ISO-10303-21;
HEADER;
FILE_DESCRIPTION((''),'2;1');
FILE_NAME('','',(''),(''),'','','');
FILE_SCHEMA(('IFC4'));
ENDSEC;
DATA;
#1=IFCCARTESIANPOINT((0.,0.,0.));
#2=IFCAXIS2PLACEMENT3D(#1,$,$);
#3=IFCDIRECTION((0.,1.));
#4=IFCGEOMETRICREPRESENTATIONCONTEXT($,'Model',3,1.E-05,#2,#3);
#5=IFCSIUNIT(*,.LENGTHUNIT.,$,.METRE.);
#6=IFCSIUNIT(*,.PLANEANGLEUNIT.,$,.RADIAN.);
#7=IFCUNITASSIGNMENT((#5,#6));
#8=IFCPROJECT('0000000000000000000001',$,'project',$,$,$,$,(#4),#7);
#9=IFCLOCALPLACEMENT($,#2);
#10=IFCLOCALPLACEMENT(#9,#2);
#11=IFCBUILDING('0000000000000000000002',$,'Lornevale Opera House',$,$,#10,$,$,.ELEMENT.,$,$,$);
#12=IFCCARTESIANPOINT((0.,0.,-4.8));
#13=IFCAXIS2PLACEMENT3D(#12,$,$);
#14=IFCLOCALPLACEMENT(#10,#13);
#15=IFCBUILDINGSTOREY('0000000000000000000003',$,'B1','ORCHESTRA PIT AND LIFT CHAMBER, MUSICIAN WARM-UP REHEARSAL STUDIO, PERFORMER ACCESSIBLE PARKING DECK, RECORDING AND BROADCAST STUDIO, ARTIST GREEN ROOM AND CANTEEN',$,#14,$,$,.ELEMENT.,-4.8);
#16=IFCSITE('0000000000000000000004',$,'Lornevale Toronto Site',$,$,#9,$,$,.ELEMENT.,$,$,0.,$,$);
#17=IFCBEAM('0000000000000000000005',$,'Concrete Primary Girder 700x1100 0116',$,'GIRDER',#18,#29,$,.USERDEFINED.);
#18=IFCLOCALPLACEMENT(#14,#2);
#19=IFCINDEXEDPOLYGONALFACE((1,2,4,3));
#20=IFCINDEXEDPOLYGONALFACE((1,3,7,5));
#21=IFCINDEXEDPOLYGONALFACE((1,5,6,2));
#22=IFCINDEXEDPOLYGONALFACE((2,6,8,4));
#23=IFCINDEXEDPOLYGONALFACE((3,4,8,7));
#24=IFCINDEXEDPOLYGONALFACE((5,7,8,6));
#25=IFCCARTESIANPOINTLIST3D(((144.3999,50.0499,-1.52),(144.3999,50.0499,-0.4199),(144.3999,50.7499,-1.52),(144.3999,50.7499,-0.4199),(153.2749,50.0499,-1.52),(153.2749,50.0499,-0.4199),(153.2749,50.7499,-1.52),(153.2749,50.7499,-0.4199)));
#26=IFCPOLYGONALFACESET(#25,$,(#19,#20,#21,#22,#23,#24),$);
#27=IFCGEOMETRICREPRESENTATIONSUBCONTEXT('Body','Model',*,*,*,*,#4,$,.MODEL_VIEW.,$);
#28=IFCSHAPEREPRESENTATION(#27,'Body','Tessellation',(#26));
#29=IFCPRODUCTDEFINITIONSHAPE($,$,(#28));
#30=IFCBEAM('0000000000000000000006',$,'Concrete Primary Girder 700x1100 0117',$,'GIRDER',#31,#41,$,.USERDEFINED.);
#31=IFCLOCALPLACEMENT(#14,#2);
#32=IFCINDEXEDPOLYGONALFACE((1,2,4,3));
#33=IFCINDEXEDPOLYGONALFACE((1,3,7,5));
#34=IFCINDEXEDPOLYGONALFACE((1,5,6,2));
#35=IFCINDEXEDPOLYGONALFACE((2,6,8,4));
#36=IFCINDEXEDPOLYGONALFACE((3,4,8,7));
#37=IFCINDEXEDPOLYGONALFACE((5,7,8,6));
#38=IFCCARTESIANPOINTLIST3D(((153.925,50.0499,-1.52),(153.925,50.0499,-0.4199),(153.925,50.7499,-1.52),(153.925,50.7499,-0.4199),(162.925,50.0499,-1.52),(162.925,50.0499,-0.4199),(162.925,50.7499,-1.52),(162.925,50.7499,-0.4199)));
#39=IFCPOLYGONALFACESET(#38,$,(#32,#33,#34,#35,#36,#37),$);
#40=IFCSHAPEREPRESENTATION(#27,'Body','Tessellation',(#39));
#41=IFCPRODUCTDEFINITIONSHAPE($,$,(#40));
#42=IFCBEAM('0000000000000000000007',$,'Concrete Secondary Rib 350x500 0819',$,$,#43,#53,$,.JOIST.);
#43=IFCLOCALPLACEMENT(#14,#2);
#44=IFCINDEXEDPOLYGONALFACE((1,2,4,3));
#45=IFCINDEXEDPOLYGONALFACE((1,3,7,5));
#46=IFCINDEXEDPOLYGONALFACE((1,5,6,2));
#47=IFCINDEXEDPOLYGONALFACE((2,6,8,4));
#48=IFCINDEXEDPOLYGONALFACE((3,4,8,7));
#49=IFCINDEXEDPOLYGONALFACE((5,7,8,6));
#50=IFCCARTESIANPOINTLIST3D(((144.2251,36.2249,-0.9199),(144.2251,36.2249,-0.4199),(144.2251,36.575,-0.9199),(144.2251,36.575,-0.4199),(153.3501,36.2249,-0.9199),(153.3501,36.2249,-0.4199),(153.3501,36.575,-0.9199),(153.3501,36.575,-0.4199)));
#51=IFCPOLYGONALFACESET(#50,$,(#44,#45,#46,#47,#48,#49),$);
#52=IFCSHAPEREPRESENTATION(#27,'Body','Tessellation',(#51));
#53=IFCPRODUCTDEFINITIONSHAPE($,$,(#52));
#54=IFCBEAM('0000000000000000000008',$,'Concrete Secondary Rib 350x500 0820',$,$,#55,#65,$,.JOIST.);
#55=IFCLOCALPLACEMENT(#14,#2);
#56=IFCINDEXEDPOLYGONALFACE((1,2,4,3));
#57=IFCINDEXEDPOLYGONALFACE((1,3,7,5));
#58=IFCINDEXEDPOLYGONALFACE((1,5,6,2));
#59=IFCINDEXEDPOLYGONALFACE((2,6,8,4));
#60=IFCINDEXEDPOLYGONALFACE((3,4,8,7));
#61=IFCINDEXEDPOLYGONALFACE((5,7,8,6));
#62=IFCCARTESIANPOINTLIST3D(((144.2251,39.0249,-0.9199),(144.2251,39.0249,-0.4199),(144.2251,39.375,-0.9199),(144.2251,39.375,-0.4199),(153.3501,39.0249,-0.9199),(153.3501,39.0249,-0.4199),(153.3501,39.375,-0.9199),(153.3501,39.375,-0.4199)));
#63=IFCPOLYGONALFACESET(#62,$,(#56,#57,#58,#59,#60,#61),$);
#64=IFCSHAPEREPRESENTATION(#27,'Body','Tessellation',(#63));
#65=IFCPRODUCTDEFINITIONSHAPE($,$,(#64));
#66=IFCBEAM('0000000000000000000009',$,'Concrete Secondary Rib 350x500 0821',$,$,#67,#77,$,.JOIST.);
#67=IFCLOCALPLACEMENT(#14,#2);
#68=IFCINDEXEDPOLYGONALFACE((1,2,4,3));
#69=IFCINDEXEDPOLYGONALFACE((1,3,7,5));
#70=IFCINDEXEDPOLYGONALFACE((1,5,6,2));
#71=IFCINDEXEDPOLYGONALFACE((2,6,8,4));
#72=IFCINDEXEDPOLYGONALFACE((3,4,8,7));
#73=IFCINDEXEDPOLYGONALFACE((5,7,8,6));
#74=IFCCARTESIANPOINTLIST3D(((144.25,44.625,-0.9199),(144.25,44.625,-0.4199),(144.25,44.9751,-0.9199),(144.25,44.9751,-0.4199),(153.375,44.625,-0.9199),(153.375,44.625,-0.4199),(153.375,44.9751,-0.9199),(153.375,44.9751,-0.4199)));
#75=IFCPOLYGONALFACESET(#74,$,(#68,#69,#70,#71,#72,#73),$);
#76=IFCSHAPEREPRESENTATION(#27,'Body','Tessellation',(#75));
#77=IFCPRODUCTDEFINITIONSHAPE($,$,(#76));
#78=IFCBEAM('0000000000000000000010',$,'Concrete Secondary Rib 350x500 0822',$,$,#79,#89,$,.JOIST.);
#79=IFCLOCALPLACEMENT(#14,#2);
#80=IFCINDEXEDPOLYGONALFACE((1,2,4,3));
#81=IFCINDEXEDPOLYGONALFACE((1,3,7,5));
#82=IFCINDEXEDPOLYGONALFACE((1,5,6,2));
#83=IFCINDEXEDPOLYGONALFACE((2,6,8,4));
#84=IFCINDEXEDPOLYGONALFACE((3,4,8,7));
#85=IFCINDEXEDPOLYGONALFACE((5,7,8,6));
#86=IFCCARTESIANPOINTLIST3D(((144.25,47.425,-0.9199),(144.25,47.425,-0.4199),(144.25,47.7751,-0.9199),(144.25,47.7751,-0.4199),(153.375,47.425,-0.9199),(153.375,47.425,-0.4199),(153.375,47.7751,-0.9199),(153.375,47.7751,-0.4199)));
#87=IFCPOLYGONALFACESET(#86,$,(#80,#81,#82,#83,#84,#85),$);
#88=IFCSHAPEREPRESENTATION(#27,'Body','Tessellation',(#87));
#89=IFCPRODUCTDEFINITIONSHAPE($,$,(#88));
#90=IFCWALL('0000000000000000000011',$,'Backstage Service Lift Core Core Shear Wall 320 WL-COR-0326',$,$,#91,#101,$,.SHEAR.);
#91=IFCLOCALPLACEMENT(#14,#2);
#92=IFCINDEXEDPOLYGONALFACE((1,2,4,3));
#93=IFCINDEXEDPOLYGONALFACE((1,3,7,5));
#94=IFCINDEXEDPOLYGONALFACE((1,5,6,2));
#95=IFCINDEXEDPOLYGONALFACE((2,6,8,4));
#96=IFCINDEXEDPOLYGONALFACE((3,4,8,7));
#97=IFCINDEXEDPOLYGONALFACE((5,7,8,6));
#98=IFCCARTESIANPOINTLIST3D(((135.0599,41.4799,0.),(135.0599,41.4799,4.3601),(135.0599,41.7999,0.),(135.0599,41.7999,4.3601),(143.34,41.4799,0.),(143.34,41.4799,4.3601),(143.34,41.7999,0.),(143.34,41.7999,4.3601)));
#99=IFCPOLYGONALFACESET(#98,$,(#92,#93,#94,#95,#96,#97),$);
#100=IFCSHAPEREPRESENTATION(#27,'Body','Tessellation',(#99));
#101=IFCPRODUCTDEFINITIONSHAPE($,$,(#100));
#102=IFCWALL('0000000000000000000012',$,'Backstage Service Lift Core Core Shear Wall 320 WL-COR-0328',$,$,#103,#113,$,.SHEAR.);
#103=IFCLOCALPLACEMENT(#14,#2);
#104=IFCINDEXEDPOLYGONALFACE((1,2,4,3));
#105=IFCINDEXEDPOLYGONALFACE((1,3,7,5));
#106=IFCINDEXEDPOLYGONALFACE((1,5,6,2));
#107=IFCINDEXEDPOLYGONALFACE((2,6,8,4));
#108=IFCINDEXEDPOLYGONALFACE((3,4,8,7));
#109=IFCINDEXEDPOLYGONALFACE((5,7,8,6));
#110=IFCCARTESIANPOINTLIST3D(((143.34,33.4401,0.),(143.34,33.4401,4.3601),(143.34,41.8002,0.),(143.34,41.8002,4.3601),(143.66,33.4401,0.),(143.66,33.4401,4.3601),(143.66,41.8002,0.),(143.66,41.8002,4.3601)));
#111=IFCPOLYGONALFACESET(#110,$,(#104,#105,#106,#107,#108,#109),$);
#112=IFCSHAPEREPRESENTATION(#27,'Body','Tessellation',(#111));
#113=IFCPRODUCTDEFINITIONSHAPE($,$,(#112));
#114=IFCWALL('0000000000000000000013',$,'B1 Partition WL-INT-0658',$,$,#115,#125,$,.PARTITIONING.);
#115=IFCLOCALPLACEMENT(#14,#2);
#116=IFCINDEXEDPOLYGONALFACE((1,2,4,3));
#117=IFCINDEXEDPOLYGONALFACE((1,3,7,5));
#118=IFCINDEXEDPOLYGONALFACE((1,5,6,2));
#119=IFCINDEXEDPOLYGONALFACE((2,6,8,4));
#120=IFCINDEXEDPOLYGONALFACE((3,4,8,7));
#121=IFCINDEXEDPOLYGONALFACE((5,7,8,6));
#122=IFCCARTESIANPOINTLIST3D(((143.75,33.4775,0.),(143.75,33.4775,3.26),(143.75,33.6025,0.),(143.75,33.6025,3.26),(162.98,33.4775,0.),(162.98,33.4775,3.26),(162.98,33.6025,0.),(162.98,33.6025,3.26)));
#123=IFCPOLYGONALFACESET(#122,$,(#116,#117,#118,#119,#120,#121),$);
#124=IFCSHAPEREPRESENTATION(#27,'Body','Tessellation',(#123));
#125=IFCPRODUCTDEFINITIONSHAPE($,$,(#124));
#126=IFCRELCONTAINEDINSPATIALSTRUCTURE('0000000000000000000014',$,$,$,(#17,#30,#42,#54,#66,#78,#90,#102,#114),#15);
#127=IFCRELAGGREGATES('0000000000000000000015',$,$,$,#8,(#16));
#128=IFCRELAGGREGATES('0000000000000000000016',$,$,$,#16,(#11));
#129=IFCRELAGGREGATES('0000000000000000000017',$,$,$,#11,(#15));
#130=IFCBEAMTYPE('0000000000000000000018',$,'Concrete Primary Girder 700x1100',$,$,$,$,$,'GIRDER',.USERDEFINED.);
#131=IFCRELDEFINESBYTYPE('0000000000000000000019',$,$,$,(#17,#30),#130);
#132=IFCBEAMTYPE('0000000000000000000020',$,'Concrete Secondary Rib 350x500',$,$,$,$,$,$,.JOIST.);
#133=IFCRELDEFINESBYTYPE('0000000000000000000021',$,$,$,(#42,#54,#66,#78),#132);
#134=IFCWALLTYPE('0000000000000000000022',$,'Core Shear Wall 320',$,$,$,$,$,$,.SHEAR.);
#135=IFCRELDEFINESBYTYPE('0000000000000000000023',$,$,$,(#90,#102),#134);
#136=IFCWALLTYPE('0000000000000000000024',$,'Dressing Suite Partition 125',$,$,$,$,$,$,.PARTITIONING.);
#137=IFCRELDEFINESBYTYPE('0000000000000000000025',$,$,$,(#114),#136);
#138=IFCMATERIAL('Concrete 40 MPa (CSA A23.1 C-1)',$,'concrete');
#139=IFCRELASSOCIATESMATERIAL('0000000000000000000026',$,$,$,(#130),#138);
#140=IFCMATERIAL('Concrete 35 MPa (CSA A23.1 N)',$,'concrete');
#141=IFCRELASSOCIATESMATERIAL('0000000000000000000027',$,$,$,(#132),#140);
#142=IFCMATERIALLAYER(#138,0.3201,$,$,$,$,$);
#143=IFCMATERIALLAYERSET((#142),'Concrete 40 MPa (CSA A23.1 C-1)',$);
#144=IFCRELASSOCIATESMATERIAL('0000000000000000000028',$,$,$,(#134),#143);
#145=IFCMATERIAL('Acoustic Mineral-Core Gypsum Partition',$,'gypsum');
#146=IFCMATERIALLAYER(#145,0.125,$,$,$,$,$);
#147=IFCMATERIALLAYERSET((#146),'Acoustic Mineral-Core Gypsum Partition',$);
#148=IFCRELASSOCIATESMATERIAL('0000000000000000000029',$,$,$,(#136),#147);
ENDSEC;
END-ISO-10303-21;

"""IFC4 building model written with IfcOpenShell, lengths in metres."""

from ifc_helpers import new_model, si_unit, direction, frame, frame_2d, origin, origin_2d, place, context, subcontext, project, spatial, rectangle, extrude, material, layer, layer_set, material_profile, profile_set, type_object, element, save


model = new_model("IFC4")

# Units and contexts
model_context = context("Model", 3, precision=1e-05, world=origin(), true_north=direction((0.0, 1.0)))
body_context = subcontext(model_context, "Body", "Model", "MODEL_VIEW")
ifc_project = project(units=[si_unit("LENGTHUNIT", "METRE"), si_unit("PLANEANGLEUNIT", "RADIAN")], contexts=[model_context])

# Site, building, storey
site_placement = place(None, origin())
site = spatial("IfcSite", under=ifc_project, at=site_placement, Name="Lornevale Toronto Site", CompositionType="ELEMENT", RefElevation=0.0)
building_placement = place(site_placement, origin())
building = spatial("IfcBuilding", under=site, at=building_placement, Name="Lornevale Opera House", CompositionType="ELEMENT")
storey_placement = place(building_placement, frame((0.0, 0.0, -4.8)))
storey = spatial("IfcBuildingStorey", under=building, at=storey_placement, Name="B1", Description="ORCHESTRA PIT AND LIFT CHAMBER, MUSICIAN WARM-UP REHEARSAL STUDIO, PERFORMER ACCESSIBLE PARKING DECK, RECORDING AND BROADCAST STUDIO, ARTIST GREEN ROOM AND CANTEEN", CompositionType="ELEMENT", Elevation=-4.8)

# Shared definitions
ifc_material_1 = material(Name="Concrete 40 MPa (CSA A23.1 C-1)", Category="concrete")

# Beams
ifc_material_2 = material(Name="Concrete 35 MPa (CSA A23.1 N)", Category="concrete")
ifc_material_profile_1 = material_profile(ifc_material_1, rectangle(XDim=0.7, YDim=1.1001, at=origin_2d()), Name="RC700x1100")
ifc_profile_set_1 = profile_set([ifc_material_profile_1], Name="Concrete 40 MPa (CSA A23.1 C-1)")
beam_type_1 = type_object("IfcBeamType", Name="Concrete Primary Girder 700x1100", ElementType="GIRDER", PredefinedType="USERDEFINED", material=ifc_profile_set_1)
beam_1_placement = place(storey_placement, frame((144.3999, 50.3999, -0.97), z_axis=(1.0, 0.0, 0.0), x_axis=(0.0, 1.0, 0.0)))
element("IfcBeam", 1, at=beam_1_placement, inside=storey, type_object=beam_type_1, Name="Concrete Primary Girder 700x1100 0116", ObjectType="GIRDER", PredefinedType="USERDEFINED", context=body_context, shape_type="SweptSolid", body=[
    extrude(rectangle(XDim=0.7, YDim=1.1001, at=origin_2d()), origin(), (0.0, 0.0, 1.0), 8.875),
])
beam_2_placement = place(storey_placement, frame((153.925, 50.3999, -0.97), z_axis=(1.0, 0.0, 0.0), x_axis=(0.0, 1.0, 0.0)))
element("IfcBeam", 2, at=beam_2_placement, inside=storey, type_object=beam_type_1, Name="Concrete Primary Girder 700x1100 0117", ObjectType="GIRDER", PredefinedType="USERDEFINED", context=body_context, shape_type="SweptSolid", body=[
    extrude(rectangle(XDim=0.7, YDim=1.1001, at=origin_2d()), origin(), (0.0, 0.0, 1.0), 9.0),
])
ifc_material_profile_2 = material_profile(ifc_material_2, rectangle(XDim=0.3501, YDim=0.5, at=origin_2d()), Name="RC350x500")
ifc_profile_set_2 = profile_set([ifc_material_profile_2], Name="Concrete 35 MPa (CSA A23.1 N)")
beam_type_2 = type_object("IfcBeamType", Name="Concrete Secondary Rib 350x500", PredefinedType="JOIST", material=ifc_profile_set_2)
for number, where, z_axis, x_axis, name in (
    (3, (144.2251, 36.3999, -0.6699), (1.0, 0.0, 0.0), (0.0, 1.0, 0.0), "Concrete Secondary Rib 350x500 0819"),
    (4, (144.2251, 39.2, -0.6699), (1.0, 0.0, 0.0), (0.0, 1.0, 0.0), "Concrete Secondary Rib 350x500 0820"),
    (5, (144.25, 44.8, -0.6699), (1.0, 0.0, 0.0), (0.0, 1.0, 0.0), "Concrete Secondary Rib 350x500 0821"),
    (6, (144.25, 47.6001, -0.6699), (1.0, 0.0, 0.0), (0.0, 1.0, 0.0), "Concrete Secondary Rib 350x500 0822"),
):
    element("IfcBeam", number, at=place(storey_placement, frame(where, z_axis=z_axis, x_axis=x_axis)), inside=storey, type_object=beam_type_2, Name=name, PredefinedType="JOIST", context=body_context, shape_type="SweptSolid", body=[
        extrude(rectangle(XDim=0.3501, YDim=0.5, at=origin_2d()), origin(), (0.0, 0.0, 1.0), 9.125),
    ])

# Walls
ifc_layer_1 = layer(ifc_material_1, 0.3201)
ifc_layer_set_1 = layer_set([ifc_layer_1], Name="Concrete 40 MPa (CSA A23.1 C-1)")
wall_type_1 = type_object("IfcWallType", Name="Core Shear Wall 320", PredefinedType="SHEAR", material=ifc_layer_set_1)
wall_1_placement = place(storey_placement, frame((143.3401, 41.6399, 0.0), z_axis=(0.0, 0.0, 1.0), x_axis=(-1.0, 0.0, 0.0)))
element("IfcWall", 7, at=wall_1_placement, inside=storey, type_object=wall_type_1, Name="Backstage Service Lift Core Core Shear Wall 320 WL-COR-0326", PredefinedType="SHEAR", context=body_context, shape_type="SweptSolid", body=[
    extrude(rectangle(XDim=8.28, YDim=0.3201, at=frame_2d((4.1401, 0.0))), origin(), (0.0, 0.0, 1.0), 4.3601),
])
wall_2_placement = place(storey_placement, frame((143.5, 33.4399, 0.0), z_axis=(0.0, 0.0, 1.0), x_axis=(0.0, 1.0, 0.0)))
element("IfcWall", 8, at=wall_2_placement, inside=storey, type_object=wall_type_1, Name="Backstage Service Lift Core Core Shear Wall 320 WL-COR-0328", PredefinedType="SHEAR", context=body_context, shape_type="SweptSolid", body=[
    extrude(rectangle(XDim=8.3601, YDim=0.3201, at=frame_2d((4.1802, 0.0))), origin(), (0.0, 0.0, 1.0), 4.3601),
])
ifc_material_3 = material(Name="Acoustic Mineral-Core Gypsum Partition", Category="gypsum")
ifc_layer_2 = layer(ifc_material_3, 0.125)
ifc_layer_set_2 = layer_set([ifc_layer_2], Name="Acoustic Mineral-Core Gypsum Partition")
wall_type_2 = type_object("IfcWallType", Name="Dressing Suite Partition 125", PredefinedType="PARTITIONING", material=ifc_layer_set_2)
wall_3_placement = place(storey_placement, frame((143.75, 33.54, 0.0), z_axis=(0.0, 0.0, 1.0), x_axis=(1.0, 0.0, 0.0)))
element("IfcWall", 9, at=wall_3_placement, inside=storey, type_object=wall_type_2, Name="B1 Partition WL-INT-0658", PredefinedType="PARTITIONING", context=body_context, shape_type="SweptSolid", body=[
    extrude(rectangle(XDim=19.23, YDim=0.125, at=frame_2d((9.615, 0.0))), origin(), (0.0, 0.0, 1.0), 3.26),
])

save(model, "model.ifc")
